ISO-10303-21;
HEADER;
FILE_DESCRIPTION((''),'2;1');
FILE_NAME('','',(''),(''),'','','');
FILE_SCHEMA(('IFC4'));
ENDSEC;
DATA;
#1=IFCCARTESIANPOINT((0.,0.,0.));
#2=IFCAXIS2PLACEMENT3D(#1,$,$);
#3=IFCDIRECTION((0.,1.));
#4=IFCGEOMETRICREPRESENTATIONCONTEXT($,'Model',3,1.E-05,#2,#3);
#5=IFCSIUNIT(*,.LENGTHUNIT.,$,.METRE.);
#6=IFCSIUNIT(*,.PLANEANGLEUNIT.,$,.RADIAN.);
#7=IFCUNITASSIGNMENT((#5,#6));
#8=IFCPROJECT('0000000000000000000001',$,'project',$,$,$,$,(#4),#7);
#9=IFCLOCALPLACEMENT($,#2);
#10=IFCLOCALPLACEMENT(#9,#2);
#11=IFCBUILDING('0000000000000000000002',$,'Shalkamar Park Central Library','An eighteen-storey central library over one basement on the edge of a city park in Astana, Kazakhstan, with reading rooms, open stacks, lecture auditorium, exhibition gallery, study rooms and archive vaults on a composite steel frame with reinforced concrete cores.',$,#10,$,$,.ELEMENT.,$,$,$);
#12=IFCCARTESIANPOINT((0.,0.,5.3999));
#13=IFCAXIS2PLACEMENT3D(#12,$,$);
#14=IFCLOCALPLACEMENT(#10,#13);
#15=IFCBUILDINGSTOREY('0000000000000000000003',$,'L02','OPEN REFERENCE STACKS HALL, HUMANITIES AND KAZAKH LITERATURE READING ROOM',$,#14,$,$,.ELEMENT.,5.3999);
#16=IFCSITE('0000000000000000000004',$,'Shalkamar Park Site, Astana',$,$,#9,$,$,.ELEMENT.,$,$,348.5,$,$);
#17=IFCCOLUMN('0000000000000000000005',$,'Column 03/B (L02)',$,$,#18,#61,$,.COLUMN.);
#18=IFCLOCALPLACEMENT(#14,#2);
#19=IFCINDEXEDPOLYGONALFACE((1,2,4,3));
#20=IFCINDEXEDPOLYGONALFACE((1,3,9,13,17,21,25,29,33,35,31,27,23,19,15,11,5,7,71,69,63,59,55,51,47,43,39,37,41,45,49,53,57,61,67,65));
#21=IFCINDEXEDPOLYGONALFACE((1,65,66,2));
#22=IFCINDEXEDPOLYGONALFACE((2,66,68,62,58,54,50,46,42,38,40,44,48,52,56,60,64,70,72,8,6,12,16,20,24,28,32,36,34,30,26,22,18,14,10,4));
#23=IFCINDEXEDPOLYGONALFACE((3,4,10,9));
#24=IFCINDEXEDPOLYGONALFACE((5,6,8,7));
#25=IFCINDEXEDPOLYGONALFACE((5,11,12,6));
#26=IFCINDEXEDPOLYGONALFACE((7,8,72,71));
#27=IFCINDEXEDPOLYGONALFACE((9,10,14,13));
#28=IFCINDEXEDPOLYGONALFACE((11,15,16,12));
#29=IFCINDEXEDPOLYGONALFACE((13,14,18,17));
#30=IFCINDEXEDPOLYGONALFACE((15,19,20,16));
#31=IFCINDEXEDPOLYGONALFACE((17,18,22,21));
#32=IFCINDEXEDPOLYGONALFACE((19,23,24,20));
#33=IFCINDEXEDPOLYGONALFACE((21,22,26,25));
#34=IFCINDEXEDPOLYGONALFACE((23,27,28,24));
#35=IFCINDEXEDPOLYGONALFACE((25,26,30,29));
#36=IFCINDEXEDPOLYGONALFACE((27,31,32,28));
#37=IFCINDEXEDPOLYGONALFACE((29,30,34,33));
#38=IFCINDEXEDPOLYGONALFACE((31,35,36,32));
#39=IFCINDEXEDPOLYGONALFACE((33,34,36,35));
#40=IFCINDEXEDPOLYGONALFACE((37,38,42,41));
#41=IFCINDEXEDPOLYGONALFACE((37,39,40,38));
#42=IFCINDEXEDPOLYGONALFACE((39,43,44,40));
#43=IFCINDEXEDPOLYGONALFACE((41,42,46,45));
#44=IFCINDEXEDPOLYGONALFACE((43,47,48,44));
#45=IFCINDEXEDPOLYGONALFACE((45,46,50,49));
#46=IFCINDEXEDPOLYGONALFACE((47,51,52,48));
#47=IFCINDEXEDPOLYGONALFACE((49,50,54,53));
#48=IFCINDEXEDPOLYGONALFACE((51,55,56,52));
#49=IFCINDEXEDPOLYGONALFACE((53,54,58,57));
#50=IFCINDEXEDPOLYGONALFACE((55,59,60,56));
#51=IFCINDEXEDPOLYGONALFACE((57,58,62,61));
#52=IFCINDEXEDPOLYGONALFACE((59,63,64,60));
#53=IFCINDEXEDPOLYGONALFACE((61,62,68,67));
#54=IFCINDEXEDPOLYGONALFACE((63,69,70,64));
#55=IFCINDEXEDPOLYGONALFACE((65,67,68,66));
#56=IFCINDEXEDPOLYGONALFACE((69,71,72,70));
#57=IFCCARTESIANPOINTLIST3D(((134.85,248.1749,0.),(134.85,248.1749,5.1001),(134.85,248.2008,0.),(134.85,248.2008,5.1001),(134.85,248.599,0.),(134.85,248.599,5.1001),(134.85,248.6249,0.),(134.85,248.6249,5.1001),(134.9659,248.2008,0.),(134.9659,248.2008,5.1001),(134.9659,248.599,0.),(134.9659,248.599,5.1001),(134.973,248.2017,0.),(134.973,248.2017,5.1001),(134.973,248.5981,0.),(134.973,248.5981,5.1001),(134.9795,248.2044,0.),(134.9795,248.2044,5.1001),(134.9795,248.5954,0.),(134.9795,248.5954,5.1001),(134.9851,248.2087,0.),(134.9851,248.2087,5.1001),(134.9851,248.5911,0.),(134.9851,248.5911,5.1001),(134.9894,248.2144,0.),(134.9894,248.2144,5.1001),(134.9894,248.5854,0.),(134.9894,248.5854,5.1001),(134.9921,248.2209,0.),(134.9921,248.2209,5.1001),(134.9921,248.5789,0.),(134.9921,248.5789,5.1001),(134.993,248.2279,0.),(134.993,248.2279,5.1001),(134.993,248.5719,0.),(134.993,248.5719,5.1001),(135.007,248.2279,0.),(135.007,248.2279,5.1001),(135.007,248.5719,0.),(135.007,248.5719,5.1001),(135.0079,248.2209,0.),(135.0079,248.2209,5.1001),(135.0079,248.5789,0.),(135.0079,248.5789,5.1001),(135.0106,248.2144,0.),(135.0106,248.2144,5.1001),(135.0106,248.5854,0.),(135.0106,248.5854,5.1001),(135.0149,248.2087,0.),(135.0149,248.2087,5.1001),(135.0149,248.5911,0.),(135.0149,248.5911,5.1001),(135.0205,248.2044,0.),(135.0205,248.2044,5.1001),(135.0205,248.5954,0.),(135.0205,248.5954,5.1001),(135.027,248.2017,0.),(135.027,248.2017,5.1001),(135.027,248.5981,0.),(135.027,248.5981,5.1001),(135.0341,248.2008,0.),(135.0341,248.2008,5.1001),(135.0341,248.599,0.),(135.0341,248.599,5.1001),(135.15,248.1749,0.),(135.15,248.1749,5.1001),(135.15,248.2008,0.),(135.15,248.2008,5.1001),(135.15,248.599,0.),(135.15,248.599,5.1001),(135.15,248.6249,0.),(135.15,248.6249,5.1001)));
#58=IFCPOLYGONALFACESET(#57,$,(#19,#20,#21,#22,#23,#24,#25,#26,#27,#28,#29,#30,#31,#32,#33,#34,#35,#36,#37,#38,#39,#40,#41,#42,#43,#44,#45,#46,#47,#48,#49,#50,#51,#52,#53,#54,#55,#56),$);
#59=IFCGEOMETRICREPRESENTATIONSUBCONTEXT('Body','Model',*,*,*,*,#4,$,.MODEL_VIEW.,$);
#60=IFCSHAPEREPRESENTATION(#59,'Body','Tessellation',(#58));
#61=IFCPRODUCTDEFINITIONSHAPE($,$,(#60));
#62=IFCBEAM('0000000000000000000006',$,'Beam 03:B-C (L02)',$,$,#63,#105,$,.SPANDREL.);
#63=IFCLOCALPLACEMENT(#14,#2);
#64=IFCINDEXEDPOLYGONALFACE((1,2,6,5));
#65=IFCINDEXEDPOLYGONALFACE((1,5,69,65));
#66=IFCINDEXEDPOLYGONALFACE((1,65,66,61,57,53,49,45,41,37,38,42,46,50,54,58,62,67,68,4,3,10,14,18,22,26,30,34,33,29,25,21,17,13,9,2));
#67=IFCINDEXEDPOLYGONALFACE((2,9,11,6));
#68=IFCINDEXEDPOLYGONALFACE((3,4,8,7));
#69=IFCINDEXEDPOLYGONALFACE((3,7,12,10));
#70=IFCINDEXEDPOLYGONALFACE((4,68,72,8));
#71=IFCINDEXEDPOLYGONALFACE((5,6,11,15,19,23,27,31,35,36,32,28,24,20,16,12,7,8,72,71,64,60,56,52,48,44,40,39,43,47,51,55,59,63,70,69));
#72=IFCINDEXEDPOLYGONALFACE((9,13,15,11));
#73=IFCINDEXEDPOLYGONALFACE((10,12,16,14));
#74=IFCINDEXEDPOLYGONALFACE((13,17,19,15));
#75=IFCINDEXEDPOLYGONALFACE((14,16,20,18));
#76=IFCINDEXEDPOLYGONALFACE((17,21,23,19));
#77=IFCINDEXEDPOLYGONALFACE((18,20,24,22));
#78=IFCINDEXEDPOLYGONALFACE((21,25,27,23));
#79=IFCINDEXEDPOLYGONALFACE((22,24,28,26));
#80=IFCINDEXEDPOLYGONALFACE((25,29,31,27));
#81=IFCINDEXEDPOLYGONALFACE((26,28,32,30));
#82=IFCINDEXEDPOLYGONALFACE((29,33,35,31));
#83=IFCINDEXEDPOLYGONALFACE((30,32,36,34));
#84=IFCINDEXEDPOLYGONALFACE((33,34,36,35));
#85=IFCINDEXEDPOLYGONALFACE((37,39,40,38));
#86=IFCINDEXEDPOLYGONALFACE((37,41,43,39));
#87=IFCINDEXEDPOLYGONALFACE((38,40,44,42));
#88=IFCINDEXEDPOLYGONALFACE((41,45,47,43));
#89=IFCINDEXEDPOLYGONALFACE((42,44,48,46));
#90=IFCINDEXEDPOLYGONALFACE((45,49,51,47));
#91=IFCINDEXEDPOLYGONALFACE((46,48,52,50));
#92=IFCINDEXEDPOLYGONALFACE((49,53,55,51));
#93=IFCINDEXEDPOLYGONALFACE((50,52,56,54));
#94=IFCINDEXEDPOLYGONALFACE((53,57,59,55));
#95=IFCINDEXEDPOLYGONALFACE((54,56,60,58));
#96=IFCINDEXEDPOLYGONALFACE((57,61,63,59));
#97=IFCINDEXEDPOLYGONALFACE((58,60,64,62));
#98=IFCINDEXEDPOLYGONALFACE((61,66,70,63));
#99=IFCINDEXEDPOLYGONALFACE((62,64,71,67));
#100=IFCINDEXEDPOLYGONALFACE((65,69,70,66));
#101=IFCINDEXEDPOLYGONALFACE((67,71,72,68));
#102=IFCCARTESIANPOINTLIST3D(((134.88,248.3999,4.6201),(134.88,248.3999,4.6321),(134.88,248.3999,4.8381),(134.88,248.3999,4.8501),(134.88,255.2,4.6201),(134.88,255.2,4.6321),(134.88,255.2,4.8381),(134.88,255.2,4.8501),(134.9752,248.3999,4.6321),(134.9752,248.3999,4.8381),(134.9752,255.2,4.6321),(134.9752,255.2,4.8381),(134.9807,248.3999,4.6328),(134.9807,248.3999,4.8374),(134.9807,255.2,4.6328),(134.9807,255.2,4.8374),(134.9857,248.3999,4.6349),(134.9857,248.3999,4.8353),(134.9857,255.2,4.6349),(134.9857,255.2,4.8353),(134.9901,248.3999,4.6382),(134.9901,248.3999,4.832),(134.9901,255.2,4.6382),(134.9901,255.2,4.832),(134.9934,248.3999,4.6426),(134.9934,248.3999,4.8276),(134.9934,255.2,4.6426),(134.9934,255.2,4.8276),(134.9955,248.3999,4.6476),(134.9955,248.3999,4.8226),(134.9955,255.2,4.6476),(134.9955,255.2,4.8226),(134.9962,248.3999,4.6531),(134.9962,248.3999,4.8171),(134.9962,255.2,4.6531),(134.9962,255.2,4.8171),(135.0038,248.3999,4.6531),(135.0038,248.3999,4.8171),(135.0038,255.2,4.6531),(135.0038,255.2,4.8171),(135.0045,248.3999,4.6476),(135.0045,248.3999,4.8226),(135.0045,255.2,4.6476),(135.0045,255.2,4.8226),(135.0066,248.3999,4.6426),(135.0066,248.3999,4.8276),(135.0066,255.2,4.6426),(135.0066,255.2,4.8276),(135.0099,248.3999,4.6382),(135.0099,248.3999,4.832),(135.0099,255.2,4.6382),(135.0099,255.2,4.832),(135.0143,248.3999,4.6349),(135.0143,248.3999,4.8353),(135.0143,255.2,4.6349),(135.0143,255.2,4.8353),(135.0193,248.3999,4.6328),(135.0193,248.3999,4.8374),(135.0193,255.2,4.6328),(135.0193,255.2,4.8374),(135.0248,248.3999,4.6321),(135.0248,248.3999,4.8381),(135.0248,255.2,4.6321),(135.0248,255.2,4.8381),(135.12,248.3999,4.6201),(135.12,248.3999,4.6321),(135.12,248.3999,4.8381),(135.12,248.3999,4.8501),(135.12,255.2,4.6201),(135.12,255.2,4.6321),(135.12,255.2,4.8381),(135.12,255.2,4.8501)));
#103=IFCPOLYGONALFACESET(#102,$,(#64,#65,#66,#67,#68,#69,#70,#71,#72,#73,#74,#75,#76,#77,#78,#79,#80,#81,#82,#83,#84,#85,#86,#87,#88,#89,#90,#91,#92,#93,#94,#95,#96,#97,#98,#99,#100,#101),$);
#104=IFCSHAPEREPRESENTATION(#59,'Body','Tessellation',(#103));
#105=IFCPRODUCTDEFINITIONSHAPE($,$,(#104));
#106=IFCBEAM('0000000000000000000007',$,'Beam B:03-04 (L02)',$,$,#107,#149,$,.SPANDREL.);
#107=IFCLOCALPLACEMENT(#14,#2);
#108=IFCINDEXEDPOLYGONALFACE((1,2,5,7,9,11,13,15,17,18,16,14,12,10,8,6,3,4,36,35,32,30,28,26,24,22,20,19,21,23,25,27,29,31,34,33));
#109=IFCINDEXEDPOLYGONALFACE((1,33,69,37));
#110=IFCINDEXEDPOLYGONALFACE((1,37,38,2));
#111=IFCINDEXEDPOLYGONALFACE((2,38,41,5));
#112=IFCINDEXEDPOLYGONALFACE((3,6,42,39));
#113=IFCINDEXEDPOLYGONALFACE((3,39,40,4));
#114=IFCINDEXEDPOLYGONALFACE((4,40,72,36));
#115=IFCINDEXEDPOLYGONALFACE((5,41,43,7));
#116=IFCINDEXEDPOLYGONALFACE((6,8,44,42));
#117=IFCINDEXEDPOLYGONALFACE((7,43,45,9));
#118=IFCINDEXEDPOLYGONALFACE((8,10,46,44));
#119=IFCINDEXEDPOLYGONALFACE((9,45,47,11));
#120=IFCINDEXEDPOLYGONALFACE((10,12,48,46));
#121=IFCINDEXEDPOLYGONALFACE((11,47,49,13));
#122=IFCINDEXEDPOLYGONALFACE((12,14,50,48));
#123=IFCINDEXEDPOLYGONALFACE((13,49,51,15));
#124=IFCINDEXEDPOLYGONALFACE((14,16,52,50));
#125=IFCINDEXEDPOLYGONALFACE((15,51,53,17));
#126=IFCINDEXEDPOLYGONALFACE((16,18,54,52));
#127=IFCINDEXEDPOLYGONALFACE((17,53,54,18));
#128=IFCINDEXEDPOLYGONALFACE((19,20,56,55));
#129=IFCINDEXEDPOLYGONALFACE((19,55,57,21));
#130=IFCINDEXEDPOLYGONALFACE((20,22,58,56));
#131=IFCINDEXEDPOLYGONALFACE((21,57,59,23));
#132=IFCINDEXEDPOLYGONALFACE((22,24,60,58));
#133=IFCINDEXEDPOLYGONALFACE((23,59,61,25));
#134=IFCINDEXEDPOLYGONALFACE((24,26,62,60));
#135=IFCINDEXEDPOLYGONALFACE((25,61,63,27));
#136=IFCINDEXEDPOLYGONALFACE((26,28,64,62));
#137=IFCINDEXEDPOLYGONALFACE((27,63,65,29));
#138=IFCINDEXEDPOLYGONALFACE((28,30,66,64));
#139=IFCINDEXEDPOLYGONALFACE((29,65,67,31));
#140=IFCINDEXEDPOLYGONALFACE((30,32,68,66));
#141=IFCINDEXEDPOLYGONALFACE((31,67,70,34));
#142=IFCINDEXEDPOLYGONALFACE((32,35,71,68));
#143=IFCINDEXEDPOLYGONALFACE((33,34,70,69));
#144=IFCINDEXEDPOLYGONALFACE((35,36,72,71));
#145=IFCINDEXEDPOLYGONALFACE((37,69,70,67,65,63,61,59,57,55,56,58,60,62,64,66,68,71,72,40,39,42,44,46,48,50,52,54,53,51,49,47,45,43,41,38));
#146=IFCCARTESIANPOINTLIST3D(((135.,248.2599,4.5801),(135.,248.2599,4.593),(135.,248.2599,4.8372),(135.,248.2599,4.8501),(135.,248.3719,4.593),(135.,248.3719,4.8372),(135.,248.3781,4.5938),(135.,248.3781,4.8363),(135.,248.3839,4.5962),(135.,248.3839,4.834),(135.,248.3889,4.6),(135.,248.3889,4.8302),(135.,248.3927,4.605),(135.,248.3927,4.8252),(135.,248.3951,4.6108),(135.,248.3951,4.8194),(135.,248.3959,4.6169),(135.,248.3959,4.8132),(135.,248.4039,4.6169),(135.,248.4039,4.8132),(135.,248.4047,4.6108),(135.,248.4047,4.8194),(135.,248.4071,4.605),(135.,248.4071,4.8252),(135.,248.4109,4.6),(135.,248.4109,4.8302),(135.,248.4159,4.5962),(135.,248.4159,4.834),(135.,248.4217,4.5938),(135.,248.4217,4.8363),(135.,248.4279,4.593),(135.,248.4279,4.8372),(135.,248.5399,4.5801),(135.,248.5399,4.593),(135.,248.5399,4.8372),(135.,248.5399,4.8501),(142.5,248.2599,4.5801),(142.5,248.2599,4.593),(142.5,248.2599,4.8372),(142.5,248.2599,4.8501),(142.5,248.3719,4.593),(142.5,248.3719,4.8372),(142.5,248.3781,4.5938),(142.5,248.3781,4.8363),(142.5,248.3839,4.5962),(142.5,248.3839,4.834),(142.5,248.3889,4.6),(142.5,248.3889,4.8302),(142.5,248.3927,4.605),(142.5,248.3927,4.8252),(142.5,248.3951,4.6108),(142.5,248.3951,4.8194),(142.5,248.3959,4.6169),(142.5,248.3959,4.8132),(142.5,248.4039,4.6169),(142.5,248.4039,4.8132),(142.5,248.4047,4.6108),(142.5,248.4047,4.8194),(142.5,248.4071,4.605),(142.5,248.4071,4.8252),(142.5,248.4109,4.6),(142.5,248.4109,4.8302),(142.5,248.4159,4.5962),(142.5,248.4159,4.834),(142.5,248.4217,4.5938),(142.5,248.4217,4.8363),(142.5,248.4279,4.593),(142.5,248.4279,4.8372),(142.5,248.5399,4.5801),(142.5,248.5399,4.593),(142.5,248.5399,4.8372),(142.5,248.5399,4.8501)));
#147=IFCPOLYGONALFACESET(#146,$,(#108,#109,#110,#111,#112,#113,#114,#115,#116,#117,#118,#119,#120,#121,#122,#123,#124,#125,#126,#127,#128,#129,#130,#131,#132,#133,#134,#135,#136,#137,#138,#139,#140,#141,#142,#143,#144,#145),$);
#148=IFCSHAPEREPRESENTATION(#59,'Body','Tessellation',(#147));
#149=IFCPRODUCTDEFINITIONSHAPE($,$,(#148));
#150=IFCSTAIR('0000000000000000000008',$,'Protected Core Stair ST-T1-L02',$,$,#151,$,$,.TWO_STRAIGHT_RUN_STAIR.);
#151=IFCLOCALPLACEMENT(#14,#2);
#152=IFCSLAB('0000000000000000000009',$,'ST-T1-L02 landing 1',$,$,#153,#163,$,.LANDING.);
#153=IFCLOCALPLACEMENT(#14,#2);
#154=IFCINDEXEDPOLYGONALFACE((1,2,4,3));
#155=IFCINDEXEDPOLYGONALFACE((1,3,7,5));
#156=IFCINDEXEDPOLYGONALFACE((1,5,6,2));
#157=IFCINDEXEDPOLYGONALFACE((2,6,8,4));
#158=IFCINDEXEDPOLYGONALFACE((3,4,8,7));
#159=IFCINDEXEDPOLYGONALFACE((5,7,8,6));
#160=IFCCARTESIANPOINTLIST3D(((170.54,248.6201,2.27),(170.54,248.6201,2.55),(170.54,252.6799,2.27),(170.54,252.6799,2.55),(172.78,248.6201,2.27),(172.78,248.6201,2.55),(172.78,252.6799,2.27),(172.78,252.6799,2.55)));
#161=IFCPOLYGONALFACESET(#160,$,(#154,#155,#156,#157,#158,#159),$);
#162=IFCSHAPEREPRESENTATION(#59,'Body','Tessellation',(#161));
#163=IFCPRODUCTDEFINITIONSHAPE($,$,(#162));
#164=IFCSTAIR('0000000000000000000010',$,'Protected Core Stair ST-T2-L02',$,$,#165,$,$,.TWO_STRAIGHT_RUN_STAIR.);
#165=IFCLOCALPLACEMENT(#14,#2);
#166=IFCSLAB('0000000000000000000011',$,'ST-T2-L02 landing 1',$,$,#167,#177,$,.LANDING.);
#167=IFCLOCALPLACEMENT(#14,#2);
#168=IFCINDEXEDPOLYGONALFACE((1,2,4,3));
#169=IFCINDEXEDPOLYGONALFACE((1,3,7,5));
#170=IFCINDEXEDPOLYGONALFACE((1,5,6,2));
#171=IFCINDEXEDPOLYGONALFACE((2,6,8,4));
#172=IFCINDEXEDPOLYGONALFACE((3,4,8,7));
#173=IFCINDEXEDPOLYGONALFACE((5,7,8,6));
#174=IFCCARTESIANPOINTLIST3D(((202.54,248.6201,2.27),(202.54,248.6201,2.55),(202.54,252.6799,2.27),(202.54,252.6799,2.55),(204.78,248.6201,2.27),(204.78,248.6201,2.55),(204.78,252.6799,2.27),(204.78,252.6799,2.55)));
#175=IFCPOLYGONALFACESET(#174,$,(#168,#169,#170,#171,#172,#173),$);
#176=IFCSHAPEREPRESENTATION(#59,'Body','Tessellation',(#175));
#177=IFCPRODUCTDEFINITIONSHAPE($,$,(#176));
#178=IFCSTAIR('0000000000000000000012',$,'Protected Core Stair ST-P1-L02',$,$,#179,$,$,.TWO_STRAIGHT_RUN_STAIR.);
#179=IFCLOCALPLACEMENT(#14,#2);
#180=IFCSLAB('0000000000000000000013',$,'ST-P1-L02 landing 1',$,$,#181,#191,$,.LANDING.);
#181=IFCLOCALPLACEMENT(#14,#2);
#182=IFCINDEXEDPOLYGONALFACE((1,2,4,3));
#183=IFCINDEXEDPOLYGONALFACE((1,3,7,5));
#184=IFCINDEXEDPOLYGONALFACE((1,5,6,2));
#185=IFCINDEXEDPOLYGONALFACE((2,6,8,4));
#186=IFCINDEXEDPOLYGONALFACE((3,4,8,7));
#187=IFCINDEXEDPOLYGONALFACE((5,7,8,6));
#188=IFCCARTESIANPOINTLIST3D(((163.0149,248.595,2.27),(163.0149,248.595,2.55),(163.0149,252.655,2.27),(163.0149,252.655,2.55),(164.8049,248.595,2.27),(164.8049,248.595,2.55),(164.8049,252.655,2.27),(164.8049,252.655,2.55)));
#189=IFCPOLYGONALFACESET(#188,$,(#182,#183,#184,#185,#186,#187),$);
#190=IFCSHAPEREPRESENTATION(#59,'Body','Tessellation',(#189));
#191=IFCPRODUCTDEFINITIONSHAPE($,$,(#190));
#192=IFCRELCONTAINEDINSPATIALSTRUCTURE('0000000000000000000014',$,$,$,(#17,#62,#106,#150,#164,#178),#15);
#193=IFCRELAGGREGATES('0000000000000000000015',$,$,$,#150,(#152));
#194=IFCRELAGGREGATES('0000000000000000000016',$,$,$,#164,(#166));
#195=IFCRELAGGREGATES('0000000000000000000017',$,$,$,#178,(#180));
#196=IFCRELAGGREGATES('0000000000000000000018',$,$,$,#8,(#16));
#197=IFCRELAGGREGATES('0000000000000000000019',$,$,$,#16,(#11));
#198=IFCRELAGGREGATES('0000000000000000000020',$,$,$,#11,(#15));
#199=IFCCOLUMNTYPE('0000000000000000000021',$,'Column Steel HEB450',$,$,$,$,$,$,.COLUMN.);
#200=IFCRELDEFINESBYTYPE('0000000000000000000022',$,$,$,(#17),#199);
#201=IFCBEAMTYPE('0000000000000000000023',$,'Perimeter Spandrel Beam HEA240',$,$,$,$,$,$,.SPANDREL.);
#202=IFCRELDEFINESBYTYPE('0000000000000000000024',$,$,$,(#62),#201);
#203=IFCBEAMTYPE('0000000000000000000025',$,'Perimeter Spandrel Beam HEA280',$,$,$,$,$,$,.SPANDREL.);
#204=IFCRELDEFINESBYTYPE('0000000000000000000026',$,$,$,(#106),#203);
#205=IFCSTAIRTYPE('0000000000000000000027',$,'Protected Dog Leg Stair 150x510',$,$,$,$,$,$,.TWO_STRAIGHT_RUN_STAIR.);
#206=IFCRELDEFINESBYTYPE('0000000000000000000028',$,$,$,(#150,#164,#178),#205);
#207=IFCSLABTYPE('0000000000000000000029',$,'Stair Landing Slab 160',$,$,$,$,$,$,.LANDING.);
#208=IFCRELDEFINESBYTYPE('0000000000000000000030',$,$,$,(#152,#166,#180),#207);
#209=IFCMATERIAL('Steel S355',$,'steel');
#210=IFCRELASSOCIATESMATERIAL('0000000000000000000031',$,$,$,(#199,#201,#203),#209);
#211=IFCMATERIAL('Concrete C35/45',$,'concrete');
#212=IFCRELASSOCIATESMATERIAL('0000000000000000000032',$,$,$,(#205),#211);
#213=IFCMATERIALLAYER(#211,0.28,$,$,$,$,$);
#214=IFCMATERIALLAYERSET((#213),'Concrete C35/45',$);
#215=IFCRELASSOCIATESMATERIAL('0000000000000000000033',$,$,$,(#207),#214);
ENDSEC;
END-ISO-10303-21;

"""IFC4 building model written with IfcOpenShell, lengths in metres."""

from ifc_helpers import new_model, si_unit, direction, frame, origin, origin_2d, place, context, subcontext, project, spatial, polyline, i_section, outline, extrude, material, layer, layer_set, material_profile, profile_set, type_object, element, aggregate, save


model = new_model("IFC4")

# Units and contexts
model_context = context("Model", 3, precision=1e-05, world=origin(), true_north=direction((0.0, 1.0)))
body_context = subcontext(model_context, "Body", "Model", "MODEL_VIEW")
ifc_project = project(units=[si_unit("LENGTHUNIT", "METRE"), si_unit("PLANEANGLEUNIT", "RADIAN")], contexts=[model_context])

# Site, building, storey
site_placement = place(None, origin())
site = spatial("IfcSite", under=ifc_project, at=site_placement, Name="Shalkamar Park Site, Astana", CompositionType="ELEMENT", RefElevation=348.5)
building_placement = place(site_placement, origin())
building = spatial("IfcBuilding", under=site, at=building_placement, Name="Shalkamar Park Central Library", Description="An eighteen-storey central library over one basement on the edge of a city park in Astana, Kazakhstan, with reading rooms, open stacks, lecture auditorium, exhibition gallery, study rooms and archive vaults on a composite steel frame with reinforced concrete cores.", CompositionType="ELEMENT")
storey_placement = place(building_placement, frame((0.0, 0.0, 5.3999)))
storey = spatial("IfcBuildingStorey", under=building, at=storey_placement, Name="L02", Description="OPEN REFERENCE STACKS HALL, HUMANITIES AND KAZAKH LITERATURE READING ROOM", CompositionType="ELEMENT", Elevation=5.3999)

# Column
ifc_material_1 = material(Name="Steel S355", Category="steel")
ifc_material_profile_1 = material_profile(ifc_material_1, i_section(OverallWidth=0.3, OverallDepth=0.45, WebThickness=0.0139, FlangeThickness=0.0259, FilletRadius=0.0271, at=origin_2d()), Name="HEB 450")
ifc_profile_set_1 = profile_set([ifc_material_profile_1], Name="Steel S355")
column_type = type_object("IfcColumnType", Name="Column Steel HEB450", PredefinedType="COLUMN", material=ifc_profile_set_1)
column_placement = place(storey_placement, frame((135.0, 248.3999, 0.0), z_axis=(0.0, 0.0, 1.0), x_axis=(1.0, 0.0, 0.0)))
element("IfcColumn", 1, at=column_placement, inside=storey, type_object=column_type, Name="Column 03/B (L02)", PredefinedType="COLUMN", context=body_context, shape_type="SweptSolid", body=[
    extrude(i_section(OverallWidth=0.3, OverallDepth=0.45, WebThickness=0.0139, FlangeThickness=0.0259, FilletRadius=0.0271, at=origin_2d()), origin(), (0.0, 0.0, 1.0), 5.1001),
])

# Beams
ifc_material_profile_2 = material_profile(ifc_material_1, i_section(OverallWidth=0.24, OverallDepth=0.23, WebThickness=0.0076, FlangeThickness=0.012, FilletRadius=0.021, at=origin_2d()), Name="HEA 240")
ifc_profile_set_2 = profile_set([ifc_material_profile_2], Name="Steel S355")
beam_type_1 = type_object("IfcBeamType", Name="Perimeter Spandrel Beam HEA240", PredefinedType="SPANDREL", material=ifc_profile_set_2)
beam_1_placement = place(storey_placement, frame((135.0, 248.3999, 4.7351), z_axis=(0.0, 1.0, 0.0), x_axis=(-1.0, 0.0, 0.0)))
element("IfcBeam", 2, at=beam_1_placement, inside=storey, type_object=beam_type_1, Name="Beam 03:B-C (L02)", PredefinedType="SPANDREL", context=body_context, shape_type="SweptSolid", body=[
    extrude(i_section(OverallWidth=0.24, OverallDepth=0.23, WebThickness=0.0076, FlangeThickness=0.012, FilletRadius=0.021, at=origin_2d()), origin(), (0.0, 0.0, 1.0), 6.8),
])
ifc_material_profile_3 = material_profile(ifc_material_1, i_section(OverallWidth=0.28, OverallDepth=0.27, WebThickness=0.0081, FlangeThickness=0.0129, FilletRadius=0.0239, at=origin_2d()), Name="HEA 280")
ifc_profile_set_3 = profile_set([ifc_material_profile_3], Name="Steel S355")
beam_type_2 = type_object("IfcBeamType", Name="Perimeter Spandrel Beam HEA280", PredefinedType="SPANDREL", material=ifc_profile_set_3)
beam_2_placement = place(storey_placement, frame((135.0, 248.3999, 4.7151), z_axis=(1.0, 0.0, 0.0), x_axis=(0.0, 1.0, 0.0)))
element("IfcBeam", 3, at=beam_2_placement, inside=storey, type_object=beam_type_2, Name="Beam B:03-04 (L02)", PredefinedType="SPANDREL", context=body_context, shape_type="SweptSolid", body=[
    extrude(i_section(OverallWidth=0.28, OverallDepth=0.27, WebThickness=0.0081, FlangeThickness=0.0129, FilletRadius=0.0239, at=origin_2d()), origin(), (0.0, 0.0, 1.0), 7.5),
])

# Stairs, slabs
ifc_material_2 = material(Name="Concrete C35/45", Category="concrete")
stair_type_1 = type_object("IfcStairType", Name="Protected Dog Leg Stair 150x510", PredefinedType="TWO_STRAIGHT_RUN_STAIR", material=ifc_material_2)
stair_1_placement = place(storey_placement, origin())
stair_1 = element("IfcStair", 4, at=stair_1_placement, inside=storey, type_object=stair_type_1, Name="Protected Core Stair ST-T1-L02", PredefinedType="TWO_STRAIGHT_RUN_STAIR")
ifc_layer_1 = layer(ifc_material_2, 0.28)
ifc_layer_set_1 = layer_set([ifc_layer_1], Name="Concrete C35/45")
slab_type = type_object("IfcSlabType", Name="Stair Landing Slab 160", PredefinedType="LANDING", material=ifc_layer_set_1)
slab_1_placement = place(storey_placement, frame((0.0, 0.0, 2.27)))
slab_1 = element("IfcSlab", 5, at=slab_1_placement, type_object=slab_type, Name="ST-T1-L02 landing 1", PredefinedType="LANDING", context=body_context, shape_type="SweptSolid", body=[
    extrude(outline(polyline([(170.54, 248.6201), (172.78, 248.6201), (172.78, 252.6799), (170.54, 252.6799), (170.54, 248.6201)])), origin(), (0.0, 0.0, 1.0), 0.28),
])
aggregate(stair_1, [slab_1])
stair_2_placement = place(storey_placement, origin())
stair_2 = element("IfcStair", 6, at=stair_2_placement, inside=storey, type_object=stair_type_1, Name="Protected Core Stair ST-T2-L02", PredefinedType="TWO_STRAIGHT_RUN_STAIR")
slab_2_placement = place(storey_placement, frame((0.0, 0.0, 2.27)))
slab_2 = element("IfcSlab", 7, at=slab_2_placement, type_object=slab_type, Name="ST-T2-L02 landing 1", PredefinedType="LANDING", context=body_context, shape_type="SweptSolid", body=[
    extrude(outline(polyline([(202.54, 248.6201), (204.78, 248.6201), (204.78, 252.6799), (202.54, 252.6799), (202.54, 248.6201)])), origin(), (0.0, 0.0, 1.0), 0.28),
])
aggregate(stair_2, [slab_2])
stair_3_placement = place(storey_placement, origin())
stair_3 = element("IfcStair", 8, at=stair_3_placement, inside=storey, type_object=stair_type_1, Name="Protected Core Stair ST-P1-L02", PredefinedType="TWO_STRAIGHT_RUN_STAIR")
slab_3_placement = place(storey_placement, frame((0.0, 0.0, 2.27)))
slab_3 = element("IfcSlab", 9, at=slab_3_placement, type_object=slab_type, Name="ST-P1-L02 landing 1", PredefinedType="LANDING", context=body_context, shape_type="SweptSolid", body=[
    extrude(outline(polyline([(163.0149, 248.595), (164.8049, 248.595), (164.8049, 252.655), (163.0149, 252.655), (163.0149, 248.595)])), origin(), (0.0, 0.0, 1.0), 0.28),
])
aggregate(stair_3, [slab_3])

save(model, "model.ifc")
